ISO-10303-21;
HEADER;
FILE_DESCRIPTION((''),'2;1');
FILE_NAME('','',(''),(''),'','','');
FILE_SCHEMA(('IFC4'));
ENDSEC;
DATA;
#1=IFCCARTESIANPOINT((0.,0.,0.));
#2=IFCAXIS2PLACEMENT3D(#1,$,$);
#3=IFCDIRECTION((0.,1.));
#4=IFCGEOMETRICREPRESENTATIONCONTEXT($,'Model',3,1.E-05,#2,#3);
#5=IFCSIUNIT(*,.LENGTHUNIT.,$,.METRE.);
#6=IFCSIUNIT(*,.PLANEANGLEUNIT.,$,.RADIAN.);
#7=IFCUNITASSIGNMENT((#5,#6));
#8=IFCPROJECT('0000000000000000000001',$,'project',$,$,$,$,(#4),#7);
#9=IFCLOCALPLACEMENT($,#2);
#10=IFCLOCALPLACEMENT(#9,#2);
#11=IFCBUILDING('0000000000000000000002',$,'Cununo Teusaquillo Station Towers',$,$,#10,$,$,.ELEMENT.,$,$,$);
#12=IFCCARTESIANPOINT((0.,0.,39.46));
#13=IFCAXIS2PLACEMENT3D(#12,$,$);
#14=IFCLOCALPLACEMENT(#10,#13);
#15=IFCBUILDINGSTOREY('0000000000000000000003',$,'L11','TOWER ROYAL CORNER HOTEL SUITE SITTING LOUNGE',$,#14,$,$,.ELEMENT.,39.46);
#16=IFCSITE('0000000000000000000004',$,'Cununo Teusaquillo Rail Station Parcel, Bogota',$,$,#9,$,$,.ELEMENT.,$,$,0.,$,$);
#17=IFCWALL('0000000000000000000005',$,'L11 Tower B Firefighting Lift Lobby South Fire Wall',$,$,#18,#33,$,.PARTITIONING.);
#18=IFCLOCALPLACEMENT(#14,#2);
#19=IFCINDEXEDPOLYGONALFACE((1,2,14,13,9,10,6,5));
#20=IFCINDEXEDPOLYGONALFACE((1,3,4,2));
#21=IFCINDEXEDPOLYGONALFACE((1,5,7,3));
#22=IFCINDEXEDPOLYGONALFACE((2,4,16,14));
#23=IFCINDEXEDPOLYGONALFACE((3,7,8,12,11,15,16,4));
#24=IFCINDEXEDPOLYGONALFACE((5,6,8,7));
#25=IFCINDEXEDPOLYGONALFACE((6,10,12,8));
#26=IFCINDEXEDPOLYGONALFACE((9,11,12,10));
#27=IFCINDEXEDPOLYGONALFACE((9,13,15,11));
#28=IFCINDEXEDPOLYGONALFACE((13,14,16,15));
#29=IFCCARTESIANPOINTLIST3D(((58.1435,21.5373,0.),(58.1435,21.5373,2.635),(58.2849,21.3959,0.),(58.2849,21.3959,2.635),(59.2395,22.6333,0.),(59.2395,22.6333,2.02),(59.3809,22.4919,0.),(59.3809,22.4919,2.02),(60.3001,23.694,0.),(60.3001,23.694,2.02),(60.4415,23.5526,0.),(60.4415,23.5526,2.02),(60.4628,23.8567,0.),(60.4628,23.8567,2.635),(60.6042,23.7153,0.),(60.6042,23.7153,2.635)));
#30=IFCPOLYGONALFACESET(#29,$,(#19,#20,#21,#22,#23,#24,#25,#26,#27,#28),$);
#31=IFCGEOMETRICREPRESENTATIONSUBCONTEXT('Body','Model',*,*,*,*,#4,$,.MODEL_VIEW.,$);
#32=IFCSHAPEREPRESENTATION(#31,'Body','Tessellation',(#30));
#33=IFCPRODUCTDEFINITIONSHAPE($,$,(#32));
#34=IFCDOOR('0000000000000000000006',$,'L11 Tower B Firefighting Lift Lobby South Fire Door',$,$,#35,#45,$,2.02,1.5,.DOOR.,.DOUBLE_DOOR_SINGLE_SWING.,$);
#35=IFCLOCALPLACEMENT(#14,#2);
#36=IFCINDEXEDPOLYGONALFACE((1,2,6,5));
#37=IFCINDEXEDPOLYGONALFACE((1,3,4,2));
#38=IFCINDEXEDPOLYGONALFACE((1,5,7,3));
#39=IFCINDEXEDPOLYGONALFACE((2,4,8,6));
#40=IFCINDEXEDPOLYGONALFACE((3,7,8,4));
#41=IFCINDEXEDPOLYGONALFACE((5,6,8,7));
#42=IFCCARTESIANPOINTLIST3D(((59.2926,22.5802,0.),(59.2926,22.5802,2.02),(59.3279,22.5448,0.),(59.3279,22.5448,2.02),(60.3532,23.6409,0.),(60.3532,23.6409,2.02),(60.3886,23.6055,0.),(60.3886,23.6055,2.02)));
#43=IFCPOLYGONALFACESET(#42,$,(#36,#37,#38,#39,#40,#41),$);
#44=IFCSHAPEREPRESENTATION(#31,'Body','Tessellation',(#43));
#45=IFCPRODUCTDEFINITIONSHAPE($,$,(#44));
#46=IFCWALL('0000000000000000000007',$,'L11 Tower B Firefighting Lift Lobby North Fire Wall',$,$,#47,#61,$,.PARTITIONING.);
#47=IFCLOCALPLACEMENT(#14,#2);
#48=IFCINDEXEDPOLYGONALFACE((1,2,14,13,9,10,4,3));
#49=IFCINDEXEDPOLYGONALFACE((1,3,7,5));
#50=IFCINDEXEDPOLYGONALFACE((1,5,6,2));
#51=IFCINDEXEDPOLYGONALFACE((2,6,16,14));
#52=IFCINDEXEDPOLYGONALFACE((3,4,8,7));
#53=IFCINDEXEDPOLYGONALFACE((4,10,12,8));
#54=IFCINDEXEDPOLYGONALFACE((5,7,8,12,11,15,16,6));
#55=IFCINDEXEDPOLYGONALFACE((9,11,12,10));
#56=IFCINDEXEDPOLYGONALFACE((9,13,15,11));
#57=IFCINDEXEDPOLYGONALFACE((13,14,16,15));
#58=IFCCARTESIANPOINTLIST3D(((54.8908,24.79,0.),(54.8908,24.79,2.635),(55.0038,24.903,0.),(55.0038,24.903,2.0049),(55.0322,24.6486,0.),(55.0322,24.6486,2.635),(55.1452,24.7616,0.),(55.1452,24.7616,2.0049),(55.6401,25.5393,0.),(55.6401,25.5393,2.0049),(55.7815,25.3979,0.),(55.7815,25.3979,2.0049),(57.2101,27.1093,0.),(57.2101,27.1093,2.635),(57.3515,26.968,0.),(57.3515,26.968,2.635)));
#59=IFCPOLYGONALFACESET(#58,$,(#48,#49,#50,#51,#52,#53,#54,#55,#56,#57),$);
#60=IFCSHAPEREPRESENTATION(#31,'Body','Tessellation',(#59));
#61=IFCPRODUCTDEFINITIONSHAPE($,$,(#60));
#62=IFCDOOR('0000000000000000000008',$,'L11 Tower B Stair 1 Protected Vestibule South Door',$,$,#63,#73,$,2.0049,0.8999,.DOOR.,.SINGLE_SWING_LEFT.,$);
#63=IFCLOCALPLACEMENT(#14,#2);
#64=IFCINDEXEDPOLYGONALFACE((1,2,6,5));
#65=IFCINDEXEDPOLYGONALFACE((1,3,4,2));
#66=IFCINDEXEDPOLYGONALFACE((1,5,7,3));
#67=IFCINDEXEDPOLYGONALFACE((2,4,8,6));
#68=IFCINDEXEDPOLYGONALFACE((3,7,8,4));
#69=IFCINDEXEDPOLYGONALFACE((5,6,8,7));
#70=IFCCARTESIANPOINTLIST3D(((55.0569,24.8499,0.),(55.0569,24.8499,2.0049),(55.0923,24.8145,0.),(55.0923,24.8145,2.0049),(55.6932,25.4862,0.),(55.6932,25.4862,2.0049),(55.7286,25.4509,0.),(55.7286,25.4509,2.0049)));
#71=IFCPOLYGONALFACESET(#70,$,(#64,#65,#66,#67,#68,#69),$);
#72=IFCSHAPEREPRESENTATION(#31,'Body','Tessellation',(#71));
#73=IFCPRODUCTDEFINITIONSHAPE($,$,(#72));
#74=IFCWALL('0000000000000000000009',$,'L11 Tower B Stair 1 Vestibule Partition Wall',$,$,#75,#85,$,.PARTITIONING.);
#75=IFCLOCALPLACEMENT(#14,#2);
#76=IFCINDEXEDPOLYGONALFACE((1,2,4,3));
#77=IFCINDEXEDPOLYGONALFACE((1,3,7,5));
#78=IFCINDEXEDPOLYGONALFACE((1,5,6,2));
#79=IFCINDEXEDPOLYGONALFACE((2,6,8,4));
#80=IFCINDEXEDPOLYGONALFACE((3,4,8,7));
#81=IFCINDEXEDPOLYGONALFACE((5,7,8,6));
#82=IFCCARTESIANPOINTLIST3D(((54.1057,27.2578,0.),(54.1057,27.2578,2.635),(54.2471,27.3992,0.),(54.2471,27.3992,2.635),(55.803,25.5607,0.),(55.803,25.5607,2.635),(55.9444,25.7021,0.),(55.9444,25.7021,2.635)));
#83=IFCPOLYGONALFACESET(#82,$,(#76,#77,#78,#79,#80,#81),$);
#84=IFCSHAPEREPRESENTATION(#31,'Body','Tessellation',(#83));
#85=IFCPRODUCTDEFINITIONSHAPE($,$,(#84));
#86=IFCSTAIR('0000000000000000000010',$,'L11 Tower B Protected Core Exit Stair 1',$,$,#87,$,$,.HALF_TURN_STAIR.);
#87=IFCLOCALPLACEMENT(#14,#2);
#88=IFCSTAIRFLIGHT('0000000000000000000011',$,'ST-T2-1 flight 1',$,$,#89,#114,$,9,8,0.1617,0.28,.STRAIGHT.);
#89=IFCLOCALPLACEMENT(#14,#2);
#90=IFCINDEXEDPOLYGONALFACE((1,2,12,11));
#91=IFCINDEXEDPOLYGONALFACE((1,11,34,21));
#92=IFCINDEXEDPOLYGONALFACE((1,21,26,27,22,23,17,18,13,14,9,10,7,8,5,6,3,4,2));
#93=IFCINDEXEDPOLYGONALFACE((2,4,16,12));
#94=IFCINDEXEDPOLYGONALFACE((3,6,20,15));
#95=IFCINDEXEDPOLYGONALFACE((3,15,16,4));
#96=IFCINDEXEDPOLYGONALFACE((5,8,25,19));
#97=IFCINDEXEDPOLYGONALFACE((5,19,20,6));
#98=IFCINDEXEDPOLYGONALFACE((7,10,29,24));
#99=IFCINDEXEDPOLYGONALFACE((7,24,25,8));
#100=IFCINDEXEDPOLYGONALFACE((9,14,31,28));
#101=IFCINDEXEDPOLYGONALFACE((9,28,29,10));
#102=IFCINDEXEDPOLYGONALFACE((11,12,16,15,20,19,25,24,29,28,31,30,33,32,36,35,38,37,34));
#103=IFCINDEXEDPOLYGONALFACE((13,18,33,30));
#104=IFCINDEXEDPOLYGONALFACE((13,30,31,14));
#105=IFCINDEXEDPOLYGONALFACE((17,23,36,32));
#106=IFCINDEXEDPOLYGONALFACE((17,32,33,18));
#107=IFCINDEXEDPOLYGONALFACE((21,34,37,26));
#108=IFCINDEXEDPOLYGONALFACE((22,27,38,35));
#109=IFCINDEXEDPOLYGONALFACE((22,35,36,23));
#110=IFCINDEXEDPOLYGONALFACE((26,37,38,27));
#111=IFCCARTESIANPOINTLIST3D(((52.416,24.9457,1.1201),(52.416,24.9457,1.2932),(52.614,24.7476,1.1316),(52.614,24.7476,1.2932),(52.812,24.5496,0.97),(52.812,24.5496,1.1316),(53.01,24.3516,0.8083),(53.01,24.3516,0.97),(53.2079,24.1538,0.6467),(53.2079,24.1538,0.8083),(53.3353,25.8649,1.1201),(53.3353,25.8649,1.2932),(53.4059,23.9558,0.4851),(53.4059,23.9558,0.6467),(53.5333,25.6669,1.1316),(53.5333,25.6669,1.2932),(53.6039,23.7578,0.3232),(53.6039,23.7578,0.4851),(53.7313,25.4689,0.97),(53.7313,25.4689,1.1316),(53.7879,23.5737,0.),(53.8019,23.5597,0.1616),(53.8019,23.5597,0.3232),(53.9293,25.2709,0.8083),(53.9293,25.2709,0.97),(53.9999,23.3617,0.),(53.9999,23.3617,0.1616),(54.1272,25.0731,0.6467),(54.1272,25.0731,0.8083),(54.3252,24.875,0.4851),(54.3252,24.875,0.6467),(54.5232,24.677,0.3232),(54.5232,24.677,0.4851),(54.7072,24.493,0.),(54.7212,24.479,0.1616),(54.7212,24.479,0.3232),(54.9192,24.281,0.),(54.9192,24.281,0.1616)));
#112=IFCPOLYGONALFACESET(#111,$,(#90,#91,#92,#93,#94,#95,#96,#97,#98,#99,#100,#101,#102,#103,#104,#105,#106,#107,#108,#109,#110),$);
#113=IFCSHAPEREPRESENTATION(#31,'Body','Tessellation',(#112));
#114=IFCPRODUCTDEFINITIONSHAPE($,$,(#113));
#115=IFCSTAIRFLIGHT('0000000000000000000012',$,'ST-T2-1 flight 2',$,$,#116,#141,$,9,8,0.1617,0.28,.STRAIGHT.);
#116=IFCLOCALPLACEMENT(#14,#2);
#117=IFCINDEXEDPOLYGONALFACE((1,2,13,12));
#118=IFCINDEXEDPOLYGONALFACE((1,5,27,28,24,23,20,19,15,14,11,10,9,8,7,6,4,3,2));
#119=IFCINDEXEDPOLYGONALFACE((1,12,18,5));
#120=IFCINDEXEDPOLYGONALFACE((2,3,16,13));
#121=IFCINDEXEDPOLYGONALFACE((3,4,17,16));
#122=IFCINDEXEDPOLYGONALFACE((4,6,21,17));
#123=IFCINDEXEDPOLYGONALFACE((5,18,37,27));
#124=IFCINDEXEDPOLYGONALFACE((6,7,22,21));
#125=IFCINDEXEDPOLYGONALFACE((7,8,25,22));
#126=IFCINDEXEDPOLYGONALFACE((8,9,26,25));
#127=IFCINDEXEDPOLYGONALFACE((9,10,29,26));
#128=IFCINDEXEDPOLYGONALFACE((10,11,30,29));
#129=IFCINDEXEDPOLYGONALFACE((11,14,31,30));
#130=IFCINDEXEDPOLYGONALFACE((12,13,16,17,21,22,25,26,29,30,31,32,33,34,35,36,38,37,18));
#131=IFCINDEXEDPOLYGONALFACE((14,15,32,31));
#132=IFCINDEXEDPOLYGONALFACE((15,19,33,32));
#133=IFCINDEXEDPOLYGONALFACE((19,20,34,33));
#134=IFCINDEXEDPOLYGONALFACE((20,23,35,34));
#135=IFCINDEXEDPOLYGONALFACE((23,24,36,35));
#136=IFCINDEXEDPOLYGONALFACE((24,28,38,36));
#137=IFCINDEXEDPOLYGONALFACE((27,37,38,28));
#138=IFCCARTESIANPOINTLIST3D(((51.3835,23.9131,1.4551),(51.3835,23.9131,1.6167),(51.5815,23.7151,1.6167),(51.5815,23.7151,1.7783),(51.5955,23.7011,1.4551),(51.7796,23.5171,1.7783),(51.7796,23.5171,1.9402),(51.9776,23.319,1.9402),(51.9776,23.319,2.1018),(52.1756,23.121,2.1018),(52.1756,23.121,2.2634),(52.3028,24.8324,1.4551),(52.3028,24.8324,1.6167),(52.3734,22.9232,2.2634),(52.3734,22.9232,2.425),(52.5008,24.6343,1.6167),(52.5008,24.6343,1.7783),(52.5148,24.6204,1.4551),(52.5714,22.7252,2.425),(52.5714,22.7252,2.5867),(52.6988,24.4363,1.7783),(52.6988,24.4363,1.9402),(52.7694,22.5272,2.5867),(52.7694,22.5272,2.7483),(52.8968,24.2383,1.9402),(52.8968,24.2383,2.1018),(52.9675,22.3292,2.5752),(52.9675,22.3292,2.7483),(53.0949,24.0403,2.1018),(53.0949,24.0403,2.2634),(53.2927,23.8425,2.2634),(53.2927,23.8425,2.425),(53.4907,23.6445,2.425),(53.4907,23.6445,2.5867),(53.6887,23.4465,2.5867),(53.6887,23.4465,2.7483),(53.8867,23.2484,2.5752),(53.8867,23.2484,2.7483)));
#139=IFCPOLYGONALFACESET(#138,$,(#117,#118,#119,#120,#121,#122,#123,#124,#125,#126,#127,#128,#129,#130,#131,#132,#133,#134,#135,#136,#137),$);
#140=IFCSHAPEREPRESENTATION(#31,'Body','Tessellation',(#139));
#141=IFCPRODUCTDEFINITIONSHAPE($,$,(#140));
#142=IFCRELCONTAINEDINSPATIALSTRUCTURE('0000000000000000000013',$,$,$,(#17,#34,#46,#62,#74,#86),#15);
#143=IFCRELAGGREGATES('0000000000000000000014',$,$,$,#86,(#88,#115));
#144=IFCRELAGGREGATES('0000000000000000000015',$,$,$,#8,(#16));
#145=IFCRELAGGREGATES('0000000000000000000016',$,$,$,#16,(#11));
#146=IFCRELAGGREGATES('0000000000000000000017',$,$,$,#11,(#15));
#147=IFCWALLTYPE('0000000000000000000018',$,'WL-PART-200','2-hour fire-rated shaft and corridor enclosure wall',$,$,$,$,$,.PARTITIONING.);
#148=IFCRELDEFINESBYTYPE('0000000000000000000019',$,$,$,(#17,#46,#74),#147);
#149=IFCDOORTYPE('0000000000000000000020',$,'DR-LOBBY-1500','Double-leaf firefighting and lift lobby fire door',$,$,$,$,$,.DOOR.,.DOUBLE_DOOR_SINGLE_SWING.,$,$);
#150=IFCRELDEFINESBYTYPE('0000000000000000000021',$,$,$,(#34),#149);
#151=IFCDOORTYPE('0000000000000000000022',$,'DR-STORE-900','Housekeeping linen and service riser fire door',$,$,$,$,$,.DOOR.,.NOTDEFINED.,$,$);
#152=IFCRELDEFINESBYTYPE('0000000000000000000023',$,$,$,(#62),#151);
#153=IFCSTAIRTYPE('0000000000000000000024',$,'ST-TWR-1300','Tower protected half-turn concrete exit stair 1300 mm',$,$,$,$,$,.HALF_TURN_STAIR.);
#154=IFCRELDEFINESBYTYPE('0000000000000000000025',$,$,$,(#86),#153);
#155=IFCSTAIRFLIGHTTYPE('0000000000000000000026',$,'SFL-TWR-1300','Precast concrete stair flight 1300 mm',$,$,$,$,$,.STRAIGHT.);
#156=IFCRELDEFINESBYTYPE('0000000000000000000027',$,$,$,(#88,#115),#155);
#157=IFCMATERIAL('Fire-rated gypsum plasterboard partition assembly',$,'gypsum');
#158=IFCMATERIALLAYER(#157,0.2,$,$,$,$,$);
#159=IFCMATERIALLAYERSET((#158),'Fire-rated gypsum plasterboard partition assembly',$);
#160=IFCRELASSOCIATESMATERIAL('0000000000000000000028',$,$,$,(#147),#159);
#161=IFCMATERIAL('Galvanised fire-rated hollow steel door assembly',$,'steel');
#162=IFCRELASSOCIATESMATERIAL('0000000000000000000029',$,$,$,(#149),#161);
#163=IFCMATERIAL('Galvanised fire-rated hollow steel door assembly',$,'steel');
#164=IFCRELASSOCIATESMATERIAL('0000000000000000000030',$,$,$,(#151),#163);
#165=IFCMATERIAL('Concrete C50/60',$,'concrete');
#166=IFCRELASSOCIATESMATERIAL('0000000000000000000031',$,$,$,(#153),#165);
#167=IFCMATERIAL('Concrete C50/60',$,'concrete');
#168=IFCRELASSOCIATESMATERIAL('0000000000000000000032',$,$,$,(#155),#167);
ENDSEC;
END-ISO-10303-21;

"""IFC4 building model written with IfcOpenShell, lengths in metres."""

from ifc_helpers import new_model, si_unit, direction, frame, frame_2d, origin, place, context, subcontext, project, spatial, polyline, rectangle, outline, extrude, source, transform, mapped, material, layer, layer_set, type_object, element, fill, aggregate, save


model = new_model("IFC4")

# Units and contexts
model_context = context("Model", 3, precision=1e-05, world=origin(), true_north=direction((0.0, 1.0)))
body_context = subcontext(model_context, "Body", "Model", "MODEL_VIEW")
ifc_project = project(units=[si_unit("LENGTHUNIT", "METRE"), si_unit("PLANEANGLEUNIT", "RADIAN")], contexts=[model_context])

# Site, building, storey
site_placement = place(None, origin())
site = spatial("IfcSite", under=ifc_project, at=site_placement, Name="Cununo Teusaquillo Rail Station Parcel, Bogota", CompositionType="ELEMENT", RefElevation=0.0)
building_placement = place(site_placement, origin())
building = spatial("IfcBuilding", under=site, at=building_placement, Name="Cununo Teusaquillo Station Towers", CompositionType="ELEMENT")
storey_placement = place(building_placement, frame((0.0, 0.0, 39.46)))
storey = spatial("IfcBuildingStorey", under=building, at=storey_placement, Name="L11", Description="TOWER ROYAL CORNER HOTEL SUITE SITTING LOUNGE", CompositionType="ELEMENT", Elevation=39.46)

# Shared definitions
shared_shape_1 = source(origin(), body_context, "Body", "SweptSolid", [
    extrude(rectangle(XDim=0.8999, YDim=2.0049, at=frame_2d((0.45, 1.0024))), frame((0.0, 0.0249, 0.0), z_axis=(0.0, -1.0, 0.0), x_axis=(1.0, 0.0, 0.0)), (0.0, 0.0, 1.0), 0.05),
])

# Walls, openings, doors
ifc_material_1 = material(Name="Fire-rated gypsum plasterboard partition assembly", Category="gypsum")
ifc_layer_1 = layer(ifc_material_1, 0.2)
ifc_layer_set_1 = layer_set([ifc_layer_1], Name="Fire-rated gypsum plasterboard partition assembly")
wall_type_1 = type_object("IfcWallType", Name="WL-PART-200", Description="2-hour fire-rated shaft and corridor enclosure wall", PredefinedType="PARTITIONING", material=ifc_layer_set_1)
wall_1_placement = place(storey_placement, frame((58.2141, 21.4666, 0.0), z_axis=(0.0, 0.0, 1.0), x_axis=(0.707107, 0.707107, 0.0)))
wall_1 = element("IfcWall", 1, at=wall_1_placement, inside=storey, type_object=wall_type_1, Name="L11 Tower B Firefighting Lift Lobby South Fire Wall", PredefinedType="PARTITIONING", context=body_context, shape_type="SweptSolid", body=[
    extrude(rectangle(XDim=3.28, YDim=0.2, at=frame_2d((1.6401, 0.0))), origin(), (0.0, 0.0, 1.0), 2.635),
])
shared_shape_2 = source(origin(), body_context, "Body", "SweptSolid", [
    extrude(rectangle(XDim=1.5, YDim=2.02, at=frame_2d((0.75, 1.01))), frame((0.0, 0.1099, 0.0), z_axis=(0.0, -1.0, 0.0), x_axis=(1.0, 0.0, 0.0)), (0.0, 0.0, 1.0), 0.22),
])
opening_1_placement = place(wall_1_placement, frame((1.55, 0.0, 0.0)))
opening_1 = element("IfcOpeningElement", 2, at=opening_1_placement, cuts=wall_1, PredefinedType="OPENING", context=body_context, shape_type="MappedRepresentation", body=[
    mapped(shared_shape_2, transform((0.0, 0.0, 0.0), x_axis=(1.0, 0.0, 0.0), y_axis=(0.0, 1.0, 0.0), z_axis=(0.0, 0.0, 1.0), scale=1.0)),
])
ifc_material_2 = material(Name="Galvanised fire-rated hollow steel door assembly", Category="steel")
door_type_1 = type_object("IfcDoorType", Name="DR-LOBBY-1500", Description="Double-leaf firefighting and lift lobby fire door", OperationType="DOUBLE_DOOR_SINGLE_SWING", PredefinedType="DOOR", material=ifc_material_2)
shared_shape_3 = source(origin(), body_context, "Body", "SweptSolid", [
    extrude(rectangle(XDim=1.5, YDim=2.02, at=frame_2d((0.75, 1.01))), frame((0.0, 0.0249, 0.0), z_axis=(0.0, -1.0, 0.0), x_axis=(1.0, 0.0, 0.0)), (0.0, 0.0, 1.0), 0.05),
])
door_1_placement = place(opening_1_placement, origin())
door_1 = element("IfcDoor", 3, at=door_1_placement, inside=storey, type_object=door_type_1, Name="L11 Tower B Firefighting Lift Lobby South Fire Door", OperationType="DOUBLE_DOOR_SINGLE_SWING", OverallHeight=2.02, OverallWidth=1.5, PredefinedType="DOOR", context=body_context, shape_type="MappedRepresentation", body=[
    mapped(shared_shape_3, transform((0.0, 0.0, 0.0), x_axis=(1.0, 0.0, 0.0), y_axis=(0.0, 1.0, 0.0), z_axis=(0.0, 0.0, 1.0), scale=1.0)),
])
fill(opening_1, door_1)
wall_2_placement = place(storey_placement, frame((54.9614, 24.7192, 0.0), z_axis=(0.0, 0.0, 1.0), x_axis=(0.707107, 0.707107, 0.0)))
wall_2 = element("IfcWall", 4, at=wall_2_placement, inside=storey, type_object=wall_type_1, Name="L11 Tower B Firefighting Lift Lobby North Fire Wall", PredefinedType="PARTITIONING", context=body_context, shape_type="SweptSolid", body=[
    extrude(rectangle(XDim=3.28, YDim=0.2, at=frame_2d((1.6401, 0.0))), origin(), (0.0, 0.0, 1.0), 2.635),
])
shared_shape_4 = source(origin(), body_context, "Body", "SweptSolid", [
    extrude(rectangle(XDim=0.8999, YDim=2.0049, at=frame_2d((0.45, 1.0024))), frame((0.0, 0.1099, 0.0), z_axis=(0.0, -1.0, 0.0), x_axis=(1.0, 0.0, 0.0)), (0.0, 0.0, 1.0), 0.22),
])
opening_2_placement = place(wall_2_placement, frame((0.1599, 0.0, 0.0)))
opening_2 = element("IfcOpeningElement", 5, at=opening_2_placement, cuts=wall_2, PredefinedType="OPENING", context=body_context, shape_type="MappedRepresentation", body=[
    mapped(shared_shape_4, transform((0.0, 0.0, 0.0), x_axis=(1.0, 0.0, 0.0), y_axis=(0.0, 1.0, 0.0), z_axis=(0.0, 0.0, 1.0), scale=1.0)),
])
ifc_material_3 = material(Name="Galvanised fire-rated hollow steel door assembly", Category="steel")
door_type_2 = type_object("IfcDoorType", Name="DR-STORE-900", Description="Housekeeping linen and service riser fire door", OperationType="NOTDEFINED", PredefinedType="DOOR", material=ifc_material_3)
door_2_placement = place(opening_2_placement, origin())
door_2 = element("IfcDoor", 6, at=door_2_placement, inside=storey, type_object=door_type_2, Name="L11 Tower B Stair 1 Protected Vestibule South Door", OperationType="SINGLE_SWING_LEFT", OverallHeight=2.0049, OverallWidth=0.8999, PredefinedType="DOOR", context=body_context, shape_type="MappedRepresentation", body=[
    mapped(shared_shape_1, transform((0.0, 0.0, 0.0), x_axis=(1.0, 0.0, 0.0), y_axis=(0.0, 1.0, 0.0), z_axis=(0.0, 0.0, 1.0), scale=1.0)),
])
fill(opening_2, door_2)

# Wall
wall_3_placement = place(storey_placement, frame((55.8738, 25.6313, 0.0), z_axis=(0.0, 0.0, 1.0), x_axis=(-0.707158, 0.707056, 0.0)))
element("IfcWall", 7, at=wall_3_placement, inside=storey, type_object=wall_type_1, Name="L11 Tower B Stair 1 Vestibule Partition Wall", PredefinedType="PARTITIONING", context=body_context, shape_type="SweptSolid", body=[
    extrude(rectangle(XDim=2.4001, YDim=0.2, at=frame_2d((1.2002, 0.0))), origin(), (0.0, 0.0, 1.0), 2.635),
])

# Stair, stair flights
ifc_material_4 = material(Name="Concrete C50/60", Category="concrete")
stair_type = type_object("IfcStairType", Name="ST-TWR-1300", Description="Tower protected half-turn concrete exit stair 1300 mm", PredefinedType="HALF_TURN_STAIR", material=ifc_material_4)
stair_placement = place(storey_placement, origin())
stair = element("IfcStair", 8, at=stair_placement, inside=storey, type_object=stair_type, Name="L11 Tower B Protected Core Exit Stair 1", PredefinedType="HALF_TURN_STAIR")
ifc_material_5 = material(Name="Concrete C50/60", Category="concrete")
stair_flight_type = type_object("IfcStairFlightType", Name="SFL-TWR-1300", Description="Precast concrete stair flight 1300 mm", PredefinedType="STRAIGHT", material=ifc_material_5)
stair_flight_1_placement = place(storey_placement, frame((54.4595, 23.8213, 0.0), z_axis=(0.0, 0.0, 1.0), x_axis=(-0.707107, 0.707107, 0.0)))
stair_flight_1 = element("IfcStairFlight", 9, at=stair_flight_1_placement, type_object=stair_flight_type, Name="ST-T2-1 flight 1", NumberOfRisers=9, NumberOfTreads=8, PredefinedType="STRAIGHT", RiserHeight=0.1617, TreadLength=0.28, context=body_context, shape_type="SweptSolid", body=[
    extrude(outline(polyline([(0.0, 0.0), (0.0, 0.1616), (0.28, 0.1616), (0.28, 0.3232), (0.5601, 0.3232), (0.5601, 0.4851), (0.8401, 0.4851), (0.8401, 0.6467), (1.1201, 0.6467), (1.1201, 0.8083), (1.3999, 0.8083), (1.3999, 0.97), (1.6799, 0.97), (1.6799, 1.1316), (1.96, 1.1316), (1.96, 1.2932), (2.24, 1.2932), (2.24, 1.4551), (2.24, 1.1201), (0.2998, 0.0), (0.0, 0.0)])), frame((0.0, 0.6499, 0.0), z_axis=(0.0, -1.0, 0.0), x_axis=(1.0, 0.0, 0.0)), (0.0, 0.0, 1.0), 1.3),
])
stair_flight_2_placement = place(storey_placement, frame((51.8433, 24.3728, 1.4551), z_axis=(0.0, 0.0, 1.0), x_axis=(0.707107, -0.707107, 0.0)))
stair_flight_2 = element("IfcStairFlight", 10, at=stair_flight_2_placement, type_object=stair_flight_type, Name="ST-T2-1 flight 2", NumberOfRisers=9, NumberOfTreads=8, PredefinedType="STRAIGHT", RiserHeight=0.1617, TreadLength=0.28, context=body_context, shape_type="SweptSolid", body=[
    extrude(outline(polyline([(0.0, 0.0), (0.0, 0.1616), (0.28, 0.1616), (0.28, 0.3232), (0.5601, 0.3232), (0.5601, 0.4851), (0.8401, 0.4851), (0.8401, 0.6467), (1.1201, 0.6467), (1.1201, 0.8083), (1.3999, 0.8083), (1.3999, 0.97), (1.6799, 0.97), (1.6799, 1.1316), (1.96, 1.1316), (1.96, 1.2932), (2.24, 1.2932), (2.24, 1.4551), (2.24, 1.1201), (0.2998, 0.0), (0.0, 0.0)])), frame((0.0, 0.6499, 0.0), z_axis=(0.0, -1.0, 0.0), x_axis=(1.0, 0.0, 0.0)), (0.0, 0.0, 1.0), 1.3),
])
aggregate(stair, [stair_flight_1, stair_flight_2])

save(model, "model.ifc")
